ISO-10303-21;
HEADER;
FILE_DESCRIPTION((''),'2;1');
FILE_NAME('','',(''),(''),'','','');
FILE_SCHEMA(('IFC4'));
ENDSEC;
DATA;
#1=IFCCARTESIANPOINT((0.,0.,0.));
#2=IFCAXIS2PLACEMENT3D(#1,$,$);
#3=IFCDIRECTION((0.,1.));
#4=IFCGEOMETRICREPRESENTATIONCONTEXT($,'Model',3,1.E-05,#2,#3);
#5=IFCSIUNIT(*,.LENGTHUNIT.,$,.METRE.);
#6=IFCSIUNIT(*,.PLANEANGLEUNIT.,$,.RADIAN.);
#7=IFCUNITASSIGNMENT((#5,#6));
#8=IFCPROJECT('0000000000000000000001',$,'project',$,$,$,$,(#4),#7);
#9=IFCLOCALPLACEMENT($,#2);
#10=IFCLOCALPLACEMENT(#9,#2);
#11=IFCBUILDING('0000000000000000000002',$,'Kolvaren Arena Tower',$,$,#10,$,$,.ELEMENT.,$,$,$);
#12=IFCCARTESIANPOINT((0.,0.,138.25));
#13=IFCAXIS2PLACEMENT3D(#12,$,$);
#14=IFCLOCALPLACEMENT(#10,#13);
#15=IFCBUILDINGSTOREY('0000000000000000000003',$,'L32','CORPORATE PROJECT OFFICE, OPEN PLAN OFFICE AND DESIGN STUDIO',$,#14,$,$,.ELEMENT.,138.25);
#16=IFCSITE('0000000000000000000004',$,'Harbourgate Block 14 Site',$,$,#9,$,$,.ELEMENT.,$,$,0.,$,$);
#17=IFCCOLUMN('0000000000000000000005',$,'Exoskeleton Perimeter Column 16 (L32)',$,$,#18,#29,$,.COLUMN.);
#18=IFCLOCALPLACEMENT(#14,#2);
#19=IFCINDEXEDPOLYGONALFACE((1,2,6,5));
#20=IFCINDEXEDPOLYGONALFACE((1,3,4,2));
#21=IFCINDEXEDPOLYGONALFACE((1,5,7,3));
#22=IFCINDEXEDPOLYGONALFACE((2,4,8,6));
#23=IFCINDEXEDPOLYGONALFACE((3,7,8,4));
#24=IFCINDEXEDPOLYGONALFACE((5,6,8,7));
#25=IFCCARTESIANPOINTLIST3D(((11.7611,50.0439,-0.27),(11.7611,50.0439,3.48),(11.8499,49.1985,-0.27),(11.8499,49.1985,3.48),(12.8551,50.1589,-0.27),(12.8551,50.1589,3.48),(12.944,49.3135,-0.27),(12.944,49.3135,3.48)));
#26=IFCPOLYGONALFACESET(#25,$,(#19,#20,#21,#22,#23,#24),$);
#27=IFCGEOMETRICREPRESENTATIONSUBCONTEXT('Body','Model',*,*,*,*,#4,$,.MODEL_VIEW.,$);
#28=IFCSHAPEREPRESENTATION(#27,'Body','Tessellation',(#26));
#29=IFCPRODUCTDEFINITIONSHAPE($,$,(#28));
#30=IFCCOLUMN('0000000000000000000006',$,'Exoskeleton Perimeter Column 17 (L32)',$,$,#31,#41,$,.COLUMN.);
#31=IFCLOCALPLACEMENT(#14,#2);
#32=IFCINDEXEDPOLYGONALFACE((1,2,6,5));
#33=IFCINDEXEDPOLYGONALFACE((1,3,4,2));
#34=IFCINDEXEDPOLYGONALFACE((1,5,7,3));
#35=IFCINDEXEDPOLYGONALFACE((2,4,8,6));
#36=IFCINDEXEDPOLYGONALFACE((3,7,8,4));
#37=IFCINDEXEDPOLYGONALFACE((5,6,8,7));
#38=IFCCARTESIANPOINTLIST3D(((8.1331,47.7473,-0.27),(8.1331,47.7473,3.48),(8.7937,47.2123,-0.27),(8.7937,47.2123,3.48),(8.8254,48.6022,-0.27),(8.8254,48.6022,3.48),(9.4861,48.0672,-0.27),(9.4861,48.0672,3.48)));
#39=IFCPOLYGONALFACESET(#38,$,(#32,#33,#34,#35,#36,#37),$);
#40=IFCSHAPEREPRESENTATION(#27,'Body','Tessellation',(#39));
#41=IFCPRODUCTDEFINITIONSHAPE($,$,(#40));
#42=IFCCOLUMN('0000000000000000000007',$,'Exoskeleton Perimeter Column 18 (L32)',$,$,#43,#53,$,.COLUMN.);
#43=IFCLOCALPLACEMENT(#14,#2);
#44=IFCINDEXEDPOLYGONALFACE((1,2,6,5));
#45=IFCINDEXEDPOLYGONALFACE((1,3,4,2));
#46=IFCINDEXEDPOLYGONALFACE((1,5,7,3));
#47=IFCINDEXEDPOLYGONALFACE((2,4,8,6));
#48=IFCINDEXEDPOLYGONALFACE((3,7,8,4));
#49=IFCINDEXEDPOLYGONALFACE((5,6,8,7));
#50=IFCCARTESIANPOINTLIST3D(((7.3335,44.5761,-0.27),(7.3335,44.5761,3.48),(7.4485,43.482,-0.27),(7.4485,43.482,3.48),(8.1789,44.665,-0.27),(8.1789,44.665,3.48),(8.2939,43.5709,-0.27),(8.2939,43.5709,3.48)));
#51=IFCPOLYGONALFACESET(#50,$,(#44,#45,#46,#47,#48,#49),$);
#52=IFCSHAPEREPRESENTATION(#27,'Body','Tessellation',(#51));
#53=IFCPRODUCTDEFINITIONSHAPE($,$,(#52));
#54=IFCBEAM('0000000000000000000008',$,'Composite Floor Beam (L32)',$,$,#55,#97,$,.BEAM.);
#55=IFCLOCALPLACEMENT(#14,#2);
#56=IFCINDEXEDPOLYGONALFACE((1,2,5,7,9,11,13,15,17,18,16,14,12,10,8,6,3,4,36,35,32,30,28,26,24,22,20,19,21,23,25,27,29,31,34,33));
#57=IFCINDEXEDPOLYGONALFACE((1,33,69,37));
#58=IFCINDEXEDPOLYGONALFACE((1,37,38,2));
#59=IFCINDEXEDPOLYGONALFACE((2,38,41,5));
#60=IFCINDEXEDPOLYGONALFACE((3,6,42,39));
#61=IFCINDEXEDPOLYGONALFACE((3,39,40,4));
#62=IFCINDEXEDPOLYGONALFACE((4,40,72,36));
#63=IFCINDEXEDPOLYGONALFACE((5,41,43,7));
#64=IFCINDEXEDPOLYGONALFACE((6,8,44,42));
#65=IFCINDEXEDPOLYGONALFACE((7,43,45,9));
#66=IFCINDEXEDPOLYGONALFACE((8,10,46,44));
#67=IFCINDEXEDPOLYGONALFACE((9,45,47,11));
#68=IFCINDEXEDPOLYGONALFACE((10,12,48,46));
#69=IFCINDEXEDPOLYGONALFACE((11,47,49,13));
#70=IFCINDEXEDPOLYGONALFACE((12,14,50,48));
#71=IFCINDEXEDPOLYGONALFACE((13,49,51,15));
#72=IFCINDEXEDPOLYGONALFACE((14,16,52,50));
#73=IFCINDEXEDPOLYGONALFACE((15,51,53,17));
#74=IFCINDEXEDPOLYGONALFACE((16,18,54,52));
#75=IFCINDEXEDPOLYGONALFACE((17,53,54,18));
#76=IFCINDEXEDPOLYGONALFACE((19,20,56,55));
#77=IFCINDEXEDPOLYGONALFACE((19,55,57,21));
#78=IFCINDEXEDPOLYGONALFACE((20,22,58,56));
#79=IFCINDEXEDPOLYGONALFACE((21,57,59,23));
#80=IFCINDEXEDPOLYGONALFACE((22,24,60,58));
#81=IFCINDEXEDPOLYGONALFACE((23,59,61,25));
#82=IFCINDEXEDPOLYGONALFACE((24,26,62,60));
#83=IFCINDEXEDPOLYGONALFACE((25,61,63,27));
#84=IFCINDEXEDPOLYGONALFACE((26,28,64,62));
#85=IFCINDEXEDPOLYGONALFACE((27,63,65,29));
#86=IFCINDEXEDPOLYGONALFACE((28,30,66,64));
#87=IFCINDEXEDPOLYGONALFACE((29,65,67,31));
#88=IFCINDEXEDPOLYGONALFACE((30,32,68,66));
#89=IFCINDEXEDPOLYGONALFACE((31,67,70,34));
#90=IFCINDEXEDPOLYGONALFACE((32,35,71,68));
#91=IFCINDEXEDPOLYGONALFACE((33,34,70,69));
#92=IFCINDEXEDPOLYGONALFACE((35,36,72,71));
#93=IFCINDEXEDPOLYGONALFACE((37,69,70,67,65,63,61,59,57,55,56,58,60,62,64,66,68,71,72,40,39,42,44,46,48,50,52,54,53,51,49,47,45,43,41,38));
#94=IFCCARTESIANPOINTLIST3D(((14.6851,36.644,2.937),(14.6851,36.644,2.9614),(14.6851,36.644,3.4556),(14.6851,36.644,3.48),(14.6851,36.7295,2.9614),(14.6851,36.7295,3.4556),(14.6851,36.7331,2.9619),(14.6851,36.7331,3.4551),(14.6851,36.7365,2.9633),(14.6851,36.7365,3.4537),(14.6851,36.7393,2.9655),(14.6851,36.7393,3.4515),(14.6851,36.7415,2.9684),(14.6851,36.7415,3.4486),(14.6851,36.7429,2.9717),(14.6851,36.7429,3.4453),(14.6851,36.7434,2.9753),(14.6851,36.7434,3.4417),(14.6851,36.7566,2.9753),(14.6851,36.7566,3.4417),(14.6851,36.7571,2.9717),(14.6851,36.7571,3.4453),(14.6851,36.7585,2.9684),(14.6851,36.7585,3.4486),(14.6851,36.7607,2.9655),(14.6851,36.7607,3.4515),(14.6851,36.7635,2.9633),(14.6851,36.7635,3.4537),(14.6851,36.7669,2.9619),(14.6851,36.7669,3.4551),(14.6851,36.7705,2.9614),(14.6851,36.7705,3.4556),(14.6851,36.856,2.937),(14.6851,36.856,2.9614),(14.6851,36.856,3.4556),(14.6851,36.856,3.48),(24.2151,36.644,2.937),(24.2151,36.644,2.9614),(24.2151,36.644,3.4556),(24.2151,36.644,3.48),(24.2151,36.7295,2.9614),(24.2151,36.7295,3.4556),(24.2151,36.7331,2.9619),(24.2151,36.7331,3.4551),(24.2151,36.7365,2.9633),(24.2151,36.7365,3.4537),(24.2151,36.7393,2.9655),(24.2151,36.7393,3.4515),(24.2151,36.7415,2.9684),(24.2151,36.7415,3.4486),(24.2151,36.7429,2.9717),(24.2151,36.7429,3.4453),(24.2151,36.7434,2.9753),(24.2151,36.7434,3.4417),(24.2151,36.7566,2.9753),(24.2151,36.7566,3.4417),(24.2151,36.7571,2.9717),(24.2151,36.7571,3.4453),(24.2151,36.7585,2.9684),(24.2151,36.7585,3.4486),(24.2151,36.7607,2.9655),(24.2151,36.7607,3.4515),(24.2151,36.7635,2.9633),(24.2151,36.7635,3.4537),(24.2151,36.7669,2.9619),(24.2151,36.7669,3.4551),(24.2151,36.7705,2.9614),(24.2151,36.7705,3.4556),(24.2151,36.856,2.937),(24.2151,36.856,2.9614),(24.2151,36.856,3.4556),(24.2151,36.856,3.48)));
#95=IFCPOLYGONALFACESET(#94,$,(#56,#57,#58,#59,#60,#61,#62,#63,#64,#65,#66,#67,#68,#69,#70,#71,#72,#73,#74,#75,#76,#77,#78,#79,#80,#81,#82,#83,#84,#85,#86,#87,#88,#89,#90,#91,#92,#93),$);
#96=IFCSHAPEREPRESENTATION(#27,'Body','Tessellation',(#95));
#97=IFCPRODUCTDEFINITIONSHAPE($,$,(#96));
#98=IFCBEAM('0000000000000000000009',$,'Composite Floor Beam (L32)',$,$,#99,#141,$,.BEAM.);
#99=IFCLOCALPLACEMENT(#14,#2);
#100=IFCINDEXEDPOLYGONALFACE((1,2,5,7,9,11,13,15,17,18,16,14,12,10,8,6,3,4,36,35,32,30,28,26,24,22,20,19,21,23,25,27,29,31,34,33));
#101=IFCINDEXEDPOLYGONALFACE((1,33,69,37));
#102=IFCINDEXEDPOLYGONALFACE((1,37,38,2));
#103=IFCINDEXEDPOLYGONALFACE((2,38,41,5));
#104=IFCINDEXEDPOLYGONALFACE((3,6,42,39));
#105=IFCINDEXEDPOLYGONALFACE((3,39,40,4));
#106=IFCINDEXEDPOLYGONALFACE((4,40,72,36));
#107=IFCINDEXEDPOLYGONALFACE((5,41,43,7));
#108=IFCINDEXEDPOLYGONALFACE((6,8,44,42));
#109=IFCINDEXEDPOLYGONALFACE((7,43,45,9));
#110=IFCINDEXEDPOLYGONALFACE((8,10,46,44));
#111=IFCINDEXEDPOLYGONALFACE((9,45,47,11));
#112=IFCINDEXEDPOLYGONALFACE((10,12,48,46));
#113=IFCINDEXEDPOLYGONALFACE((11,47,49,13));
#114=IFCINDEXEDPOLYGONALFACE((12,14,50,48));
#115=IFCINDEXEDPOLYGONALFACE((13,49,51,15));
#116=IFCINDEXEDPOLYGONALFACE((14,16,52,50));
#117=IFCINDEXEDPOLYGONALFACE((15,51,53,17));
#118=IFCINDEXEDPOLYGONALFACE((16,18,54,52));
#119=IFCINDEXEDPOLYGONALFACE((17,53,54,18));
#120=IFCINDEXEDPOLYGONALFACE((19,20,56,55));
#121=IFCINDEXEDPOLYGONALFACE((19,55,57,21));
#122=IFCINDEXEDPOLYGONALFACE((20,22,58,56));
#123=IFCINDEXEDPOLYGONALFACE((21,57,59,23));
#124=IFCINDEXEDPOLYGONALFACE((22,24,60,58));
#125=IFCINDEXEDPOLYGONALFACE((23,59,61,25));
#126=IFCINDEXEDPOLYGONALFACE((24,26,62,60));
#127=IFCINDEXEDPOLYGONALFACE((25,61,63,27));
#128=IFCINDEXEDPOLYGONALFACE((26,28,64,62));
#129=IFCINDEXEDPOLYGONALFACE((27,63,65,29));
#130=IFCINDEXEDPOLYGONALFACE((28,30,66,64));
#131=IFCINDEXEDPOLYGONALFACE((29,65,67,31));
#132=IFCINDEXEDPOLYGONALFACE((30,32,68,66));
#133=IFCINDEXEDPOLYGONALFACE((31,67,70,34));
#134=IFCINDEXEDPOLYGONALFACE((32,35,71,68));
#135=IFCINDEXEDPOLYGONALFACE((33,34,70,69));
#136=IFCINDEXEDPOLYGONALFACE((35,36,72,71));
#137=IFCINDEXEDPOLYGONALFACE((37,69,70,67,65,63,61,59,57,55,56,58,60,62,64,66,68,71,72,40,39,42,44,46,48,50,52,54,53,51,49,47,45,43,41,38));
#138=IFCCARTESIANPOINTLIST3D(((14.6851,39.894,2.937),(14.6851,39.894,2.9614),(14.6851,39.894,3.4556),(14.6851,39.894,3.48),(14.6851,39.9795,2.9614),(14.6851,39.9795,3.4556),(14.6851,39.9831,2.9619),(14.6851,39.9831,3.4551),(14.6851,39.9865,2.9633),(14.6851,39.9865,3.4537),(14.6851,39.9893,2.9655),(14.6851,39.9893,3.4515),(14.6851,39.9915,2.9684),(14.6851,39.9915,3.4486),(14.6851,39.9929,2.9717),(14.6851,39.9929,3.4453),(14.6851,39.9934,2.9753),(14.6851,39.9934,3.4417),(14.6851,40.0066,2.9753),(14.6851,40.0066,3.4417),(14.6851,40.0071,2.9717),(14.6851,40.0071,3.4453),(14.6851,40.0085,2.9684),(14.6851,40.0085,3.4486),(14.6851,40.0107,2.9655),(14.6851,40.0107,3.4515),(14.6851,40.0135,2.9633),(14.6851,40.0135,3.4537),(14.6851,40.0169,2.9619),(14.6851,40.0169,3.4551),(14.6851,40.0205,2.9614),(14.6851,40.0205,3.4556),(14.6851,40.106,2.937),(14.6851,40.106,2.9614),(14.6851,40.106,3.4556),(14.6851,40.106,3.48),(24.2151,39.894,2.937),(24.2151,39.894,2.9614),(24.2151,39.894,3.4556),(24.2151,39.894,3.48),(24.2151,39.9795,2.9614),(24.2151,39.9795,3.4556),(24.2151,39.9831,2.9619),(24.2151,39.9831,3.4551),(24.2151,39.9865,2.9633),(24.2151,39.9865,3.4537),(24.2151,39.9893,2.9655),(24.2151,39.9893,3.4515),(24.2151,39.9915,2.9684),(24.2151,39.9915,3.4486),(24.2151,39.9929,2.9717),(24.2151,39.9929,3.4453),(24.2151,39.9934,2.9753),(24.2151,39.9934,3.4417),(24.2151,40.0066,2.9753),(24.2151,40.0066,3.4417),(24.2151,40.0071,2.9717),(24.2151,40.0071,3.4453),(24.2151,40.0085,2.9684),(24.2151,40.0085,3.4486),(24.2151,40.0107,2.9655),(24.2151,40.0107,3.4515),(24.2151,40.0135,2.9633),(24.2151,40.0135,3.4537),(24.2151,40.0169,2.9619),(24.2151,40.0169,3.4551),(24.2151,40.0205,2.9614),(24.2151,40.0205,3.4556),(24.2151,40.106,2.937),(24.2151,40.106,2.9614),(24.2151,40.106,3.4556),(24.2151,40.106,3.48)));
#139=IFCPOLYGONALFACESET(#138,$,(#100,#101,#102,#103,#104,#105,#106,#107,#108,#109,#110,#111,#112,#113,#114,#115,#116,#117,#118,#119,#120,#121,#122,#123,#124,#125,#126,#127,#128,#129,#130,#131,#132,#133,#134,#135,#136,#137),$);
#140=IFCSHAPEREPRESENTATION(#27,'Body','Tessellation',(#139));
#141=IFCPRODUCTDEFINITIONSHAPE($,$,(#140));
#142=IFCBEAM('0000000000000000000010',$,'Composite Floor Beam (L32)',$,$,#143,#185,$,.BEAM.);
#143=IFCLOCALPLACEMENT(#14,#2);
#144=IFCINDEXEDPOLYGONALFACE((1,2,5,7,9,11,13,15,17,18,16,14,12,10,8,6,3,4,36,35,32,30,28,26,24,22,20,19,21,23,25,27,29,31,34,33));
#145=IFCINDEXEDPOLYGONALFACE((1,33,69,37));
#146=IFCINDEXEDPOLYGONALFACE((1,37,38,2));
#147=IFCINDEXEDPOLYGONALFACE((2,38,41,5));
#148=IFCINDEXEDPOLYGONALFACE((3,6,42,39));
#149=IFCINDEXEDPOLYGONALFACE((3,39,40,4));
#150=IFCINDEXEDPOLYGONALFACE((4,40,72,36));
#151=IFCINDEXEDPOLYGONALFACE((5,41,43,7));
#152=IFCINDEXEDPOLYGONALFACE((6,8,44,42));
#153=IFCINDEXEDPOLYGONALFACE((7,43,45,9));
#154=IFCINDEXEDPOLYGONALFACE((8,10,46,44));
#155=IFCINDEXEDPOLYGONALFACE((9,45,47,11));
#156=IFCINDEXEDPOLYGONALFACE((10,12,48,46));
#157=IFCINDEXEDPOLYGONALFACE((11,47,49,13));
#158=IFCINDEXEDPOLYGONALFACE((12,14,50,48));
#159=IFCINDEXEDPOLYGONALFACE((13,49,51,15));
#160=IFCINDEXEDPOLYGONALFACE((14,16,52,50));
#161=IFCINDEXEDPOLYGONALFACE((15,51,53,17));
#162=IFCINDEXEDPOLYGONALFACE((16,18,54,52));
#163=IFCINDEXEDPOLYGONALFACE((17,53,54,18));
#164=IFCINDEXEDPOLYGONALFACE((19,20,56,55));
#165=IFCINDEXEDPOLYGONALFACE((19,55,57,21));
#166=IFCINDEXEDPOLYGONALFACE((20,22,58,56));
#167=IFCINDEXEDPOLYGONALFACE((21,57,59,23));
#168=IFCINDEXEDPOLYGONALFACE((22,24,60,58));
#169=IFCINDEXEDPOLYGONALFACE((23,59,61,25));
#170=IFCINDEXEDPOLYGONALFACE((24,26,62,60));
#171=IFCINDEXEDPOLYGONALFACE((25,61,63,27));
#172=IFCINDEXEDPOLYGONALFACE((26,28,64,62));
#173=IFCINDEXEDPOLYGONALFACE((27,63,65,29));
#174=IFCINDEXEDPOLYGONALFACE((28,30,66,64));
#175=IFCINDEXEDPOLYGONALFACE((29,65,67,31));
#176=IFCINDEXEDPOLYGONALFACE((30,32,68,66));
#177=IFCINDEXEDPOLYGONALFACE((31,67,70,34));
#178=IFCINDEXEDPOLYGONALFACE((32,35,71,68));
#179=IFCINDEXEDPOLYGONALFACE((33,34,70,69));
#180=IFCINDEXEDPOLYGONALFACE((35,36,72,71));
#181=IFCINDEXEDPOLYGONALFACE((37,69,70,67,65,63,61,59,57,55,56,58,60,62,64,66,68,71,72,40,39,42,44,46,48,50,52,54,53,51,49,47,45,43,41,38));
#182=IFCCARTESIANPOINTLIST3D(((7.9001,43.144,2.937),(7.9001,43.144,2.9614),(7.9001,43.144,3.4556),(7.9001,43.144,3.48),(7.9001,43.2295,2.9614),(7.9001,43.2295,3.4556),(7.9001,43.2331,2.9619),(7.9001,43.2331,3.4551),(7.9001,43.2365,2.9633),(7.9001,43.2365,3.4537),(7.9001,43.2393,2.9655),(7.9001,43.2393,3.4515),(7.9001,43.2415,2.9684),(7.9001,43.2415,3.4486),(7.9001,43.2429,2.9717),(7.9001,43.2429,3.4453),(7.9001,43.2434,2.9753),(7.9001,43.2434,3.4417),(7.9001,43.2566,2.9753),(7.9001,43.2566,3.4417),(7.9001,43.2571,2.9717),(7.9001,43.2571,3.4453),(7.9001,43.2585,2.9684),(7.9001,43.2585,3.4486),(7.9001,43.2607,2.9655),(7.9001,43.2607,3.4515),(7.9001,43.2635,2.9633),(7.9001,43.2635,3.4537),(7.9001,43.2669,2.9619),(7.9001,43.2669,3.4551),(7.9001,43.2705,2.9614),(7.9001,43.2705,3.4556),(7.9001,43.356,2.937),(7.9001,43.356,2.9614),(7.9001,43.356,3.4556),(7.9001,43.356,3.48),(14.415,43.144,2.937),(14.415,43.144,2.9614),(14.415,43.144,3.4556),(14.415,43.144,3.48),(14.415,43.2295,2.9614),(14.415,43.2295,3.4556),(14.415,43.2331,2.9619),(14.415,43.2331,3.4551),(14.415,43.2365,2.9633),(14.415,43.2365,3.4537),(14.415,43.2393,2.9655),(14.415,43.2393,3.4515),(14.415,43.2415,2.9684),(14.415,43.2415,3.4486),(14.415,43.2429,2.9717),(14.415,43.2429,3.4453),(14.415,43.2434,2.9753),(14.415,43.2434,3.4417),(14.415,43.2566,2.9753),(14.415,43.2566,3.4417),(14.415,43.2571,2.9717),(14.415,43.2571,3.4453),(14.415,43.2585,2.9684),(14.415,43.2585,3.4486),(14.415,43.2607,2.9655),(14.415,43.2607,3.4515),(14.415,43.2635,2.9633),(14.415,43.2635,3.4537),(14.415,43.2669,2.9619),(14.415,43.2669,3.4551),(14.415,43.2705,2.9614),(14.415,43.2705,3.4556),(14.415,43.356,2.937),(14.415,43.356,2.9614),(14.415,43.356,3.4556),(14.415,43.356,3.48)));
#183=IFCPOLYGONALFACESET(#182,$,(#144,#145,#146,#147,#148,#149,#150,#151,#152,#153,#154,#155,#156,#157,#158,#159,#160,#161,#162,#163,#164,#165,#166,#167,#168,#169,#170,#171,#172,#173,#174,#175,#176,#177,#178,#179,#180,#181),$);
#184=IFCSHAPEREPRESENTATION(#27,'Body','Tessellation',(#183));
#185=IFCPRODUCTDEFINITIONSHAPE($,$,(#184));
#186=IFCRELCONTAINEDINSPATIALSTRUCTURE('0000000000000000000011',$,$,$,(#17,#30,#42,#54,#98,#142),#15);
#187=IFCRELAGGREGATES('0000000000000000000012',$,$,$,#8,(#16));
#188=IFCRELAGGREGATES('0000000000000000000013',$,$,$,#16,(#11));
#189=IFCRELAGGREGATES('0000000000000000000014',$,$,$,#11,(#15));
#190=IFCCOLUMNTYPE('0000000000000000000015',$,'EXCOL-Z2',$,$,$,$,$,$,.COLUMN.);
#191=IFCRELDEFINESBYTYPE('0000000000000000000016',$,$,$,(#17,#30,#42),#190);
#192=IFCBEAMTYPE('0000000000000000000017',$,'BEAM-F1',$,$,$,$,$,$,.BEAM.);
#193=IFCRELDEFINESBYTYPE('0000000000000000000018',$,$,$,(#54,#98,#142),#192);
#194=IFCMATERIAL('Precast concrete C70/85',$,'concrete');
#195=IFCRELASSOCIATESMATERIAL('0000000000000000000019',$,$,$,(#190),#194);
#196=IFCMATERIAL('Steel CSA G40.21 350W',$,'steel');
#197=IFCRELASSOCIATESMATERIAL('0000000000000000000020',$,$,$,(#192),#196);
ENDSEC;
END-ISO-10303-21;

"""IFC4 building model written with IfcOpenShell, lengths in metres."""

from ifc_helpers import new_model, si_unit, direction, frame, origin, origin_2d, place, context, subcontext, project, spatial, rectangle, i_section, extrude, material, material_profile, profile_set, type_object, element, save


model = new_model("IFC4")

# Units and contexts
model_context = context("Model", 3, precision=1e-05, world=origin(), true_north=direction((0.0, 1.0)))
body_context = subcontext(model_context, "Body", "Model", "MODEL_VIEW")
ifc_project = project(units=[si_unit("LENGTHUNIT", "METRE"), si_unit("PLANEANGLEUNIT", "RADIAN")], contexts=[model_context])

# Site, building, storey
site_placement = place(None, origin())
site = spatial("IfcSite", under=ifc_project, at=site_placement, Name="Harbourgate Block 14 Site", CompositionType="ELEMENT", RefElevation=0.0)
building_placement = place(site_placement, origin())
building = spatial("IfcBuilding", under=site, at=building_placement, Name="Kolvaren Arena Tower", CompositionType="ELEMENT")
storey_placement = place(building_placement, frame((0.0, 0.0, 138.25)))
storey = spatial("IfcBuildingStorey", under=building, at=storey_placement, Name="L32", Description="CORPORATE PROJECT OFFICE, OPEN PLAN OFFICE AND DESIGN STUDIO", CompositionType="ELEMENT", Elevation=138.25)

# Columns
ifc_material_1 = material(Name="Precast concrete C70/85", Category="concrete")
ifc_material_profile_1 = material_profile(ifc_material_1, rectangle(XDim=1.1001, YDim=0.8501, at=origin_2d()), Name="RC-1100x850")
ifc_profile_set_1 = profile_set([ifc_material_profile_1], Name="Precast concrete C70/85")
column_type = type_object("IfcColumnType", Name="EXCOL-Z2", PredefinedType="COLUMN", material=ifc_profile_set_1)
for number, where, z_axis, x_axis, name in (
    (1, (12.3525, 49.6787, -0.27), (0.0, 0.0, 1.0), (0.994522, 0.104528, 0.0), "Exoskeleton Perimeter Column 16 (L32)"),
    (2, (8.8096, 47.9072, -0.27), (0.0, 0.0, 1.0), (0.62932, 0.777146, 0.0), "Exoskeleton Perimeter Column 17 (L32)"),
    (3, (7.8137, 44.0735, -0.27), (0.0, 0.0, 1.0), (-0.104528, 0.994522, 0.0), "Exoskeleton Perimeter Column 18 (L32)"),
):
    element("IfcColumn", number, at=place(storey_placement, frame(where, z_axis=z_axis, x_axis=x_axis)), inside=storey, type_object=column_type, Name=name, PredefinedType="COLUMN", context=body_context, shape_type="SweptSolid", body=[
        extrude(rectangle(XDim=1.1001, YDim=0.8501, at=origin_2d()), origin(), (0.0, 0.0, 1.0), 3.75),
    ])

# Beams
ifc_material_2 = material(Name="Steel CSA G40.21 350W", Category="steel")
ifc_material_profile_2 = material_profile(ifc_material_2, i_section(OverallWidth=0.2119, OverallDepth=0.543, WebThickness=0.0132, FlangeThickness=0.0244, FilletRadius=0.0139, at=origin_2d()), Name="W530x150")
ifc_profile_set_2 = profile_set([ifc_material_profile_2], Name="Steel CSA G40.21 350W")
beam_type_1 = type_object("IfcBeamType", Name="BEAM-F1", PredefinedType="BEAM", material=ifc_profile_set_2)
for number, where, z_axis, x_axis, name in (
    (4, (14.6851, 36.75, 3.2085), (1.0, 0.0, 0.0), (0.0, 1.0, 0.0), "Composite Floor Beam (L32)"),
    (5, (14.6851, 40.0, 3.2085), (1.0, 0.0, 0.0), (0.0, 1.0, 0.0), "Composite Floor Beam (L32)"),
):
    element("IfcBeam", number, at=place(storey_placement, frame(where, z_axis=z_axis, x_axis=x_axis)), inside=storey, type_object=beam_type_1, Name=name, PredefinedType="BEAM", context=body_context, shape_type="SweptSolid", body=[
        extrude(i_section(OverallWidth=0.2119, OverallDepth=0.543, WebThickness=0.0132, FlangeThickness=0.0244, FilletRadius=0.0139, at=origin_2d()), origin(), (0.0, 0.0, 1.0), 9.53),
    ])
beam_1_placement = place(storey_placement, frame((7.9001, 43.25, 3.2085), z_axis=(1.0, 0.0, 0.0), x_axis=(0.0, 1.0, 0.0)))
element("IfcBeam", 6, at=beam_1_placement, inside=storey, type_object=beam_type_1, Name="Composite Floor Beam (L32)", PredefinedType="BEAM", context=body_context, shape_type="SweptSolid", body=[
    extrude(i_section(OverallWidth=0.2119, OverallDepth=0.543, WebThickness=0.0132, FlangeThickness=0.0244, FilletRadius=0.0139, at=origin_2d()), origin(), (0.0, 0.0, 1.0), 6.5149),
])

save(model, "model.ifc")
